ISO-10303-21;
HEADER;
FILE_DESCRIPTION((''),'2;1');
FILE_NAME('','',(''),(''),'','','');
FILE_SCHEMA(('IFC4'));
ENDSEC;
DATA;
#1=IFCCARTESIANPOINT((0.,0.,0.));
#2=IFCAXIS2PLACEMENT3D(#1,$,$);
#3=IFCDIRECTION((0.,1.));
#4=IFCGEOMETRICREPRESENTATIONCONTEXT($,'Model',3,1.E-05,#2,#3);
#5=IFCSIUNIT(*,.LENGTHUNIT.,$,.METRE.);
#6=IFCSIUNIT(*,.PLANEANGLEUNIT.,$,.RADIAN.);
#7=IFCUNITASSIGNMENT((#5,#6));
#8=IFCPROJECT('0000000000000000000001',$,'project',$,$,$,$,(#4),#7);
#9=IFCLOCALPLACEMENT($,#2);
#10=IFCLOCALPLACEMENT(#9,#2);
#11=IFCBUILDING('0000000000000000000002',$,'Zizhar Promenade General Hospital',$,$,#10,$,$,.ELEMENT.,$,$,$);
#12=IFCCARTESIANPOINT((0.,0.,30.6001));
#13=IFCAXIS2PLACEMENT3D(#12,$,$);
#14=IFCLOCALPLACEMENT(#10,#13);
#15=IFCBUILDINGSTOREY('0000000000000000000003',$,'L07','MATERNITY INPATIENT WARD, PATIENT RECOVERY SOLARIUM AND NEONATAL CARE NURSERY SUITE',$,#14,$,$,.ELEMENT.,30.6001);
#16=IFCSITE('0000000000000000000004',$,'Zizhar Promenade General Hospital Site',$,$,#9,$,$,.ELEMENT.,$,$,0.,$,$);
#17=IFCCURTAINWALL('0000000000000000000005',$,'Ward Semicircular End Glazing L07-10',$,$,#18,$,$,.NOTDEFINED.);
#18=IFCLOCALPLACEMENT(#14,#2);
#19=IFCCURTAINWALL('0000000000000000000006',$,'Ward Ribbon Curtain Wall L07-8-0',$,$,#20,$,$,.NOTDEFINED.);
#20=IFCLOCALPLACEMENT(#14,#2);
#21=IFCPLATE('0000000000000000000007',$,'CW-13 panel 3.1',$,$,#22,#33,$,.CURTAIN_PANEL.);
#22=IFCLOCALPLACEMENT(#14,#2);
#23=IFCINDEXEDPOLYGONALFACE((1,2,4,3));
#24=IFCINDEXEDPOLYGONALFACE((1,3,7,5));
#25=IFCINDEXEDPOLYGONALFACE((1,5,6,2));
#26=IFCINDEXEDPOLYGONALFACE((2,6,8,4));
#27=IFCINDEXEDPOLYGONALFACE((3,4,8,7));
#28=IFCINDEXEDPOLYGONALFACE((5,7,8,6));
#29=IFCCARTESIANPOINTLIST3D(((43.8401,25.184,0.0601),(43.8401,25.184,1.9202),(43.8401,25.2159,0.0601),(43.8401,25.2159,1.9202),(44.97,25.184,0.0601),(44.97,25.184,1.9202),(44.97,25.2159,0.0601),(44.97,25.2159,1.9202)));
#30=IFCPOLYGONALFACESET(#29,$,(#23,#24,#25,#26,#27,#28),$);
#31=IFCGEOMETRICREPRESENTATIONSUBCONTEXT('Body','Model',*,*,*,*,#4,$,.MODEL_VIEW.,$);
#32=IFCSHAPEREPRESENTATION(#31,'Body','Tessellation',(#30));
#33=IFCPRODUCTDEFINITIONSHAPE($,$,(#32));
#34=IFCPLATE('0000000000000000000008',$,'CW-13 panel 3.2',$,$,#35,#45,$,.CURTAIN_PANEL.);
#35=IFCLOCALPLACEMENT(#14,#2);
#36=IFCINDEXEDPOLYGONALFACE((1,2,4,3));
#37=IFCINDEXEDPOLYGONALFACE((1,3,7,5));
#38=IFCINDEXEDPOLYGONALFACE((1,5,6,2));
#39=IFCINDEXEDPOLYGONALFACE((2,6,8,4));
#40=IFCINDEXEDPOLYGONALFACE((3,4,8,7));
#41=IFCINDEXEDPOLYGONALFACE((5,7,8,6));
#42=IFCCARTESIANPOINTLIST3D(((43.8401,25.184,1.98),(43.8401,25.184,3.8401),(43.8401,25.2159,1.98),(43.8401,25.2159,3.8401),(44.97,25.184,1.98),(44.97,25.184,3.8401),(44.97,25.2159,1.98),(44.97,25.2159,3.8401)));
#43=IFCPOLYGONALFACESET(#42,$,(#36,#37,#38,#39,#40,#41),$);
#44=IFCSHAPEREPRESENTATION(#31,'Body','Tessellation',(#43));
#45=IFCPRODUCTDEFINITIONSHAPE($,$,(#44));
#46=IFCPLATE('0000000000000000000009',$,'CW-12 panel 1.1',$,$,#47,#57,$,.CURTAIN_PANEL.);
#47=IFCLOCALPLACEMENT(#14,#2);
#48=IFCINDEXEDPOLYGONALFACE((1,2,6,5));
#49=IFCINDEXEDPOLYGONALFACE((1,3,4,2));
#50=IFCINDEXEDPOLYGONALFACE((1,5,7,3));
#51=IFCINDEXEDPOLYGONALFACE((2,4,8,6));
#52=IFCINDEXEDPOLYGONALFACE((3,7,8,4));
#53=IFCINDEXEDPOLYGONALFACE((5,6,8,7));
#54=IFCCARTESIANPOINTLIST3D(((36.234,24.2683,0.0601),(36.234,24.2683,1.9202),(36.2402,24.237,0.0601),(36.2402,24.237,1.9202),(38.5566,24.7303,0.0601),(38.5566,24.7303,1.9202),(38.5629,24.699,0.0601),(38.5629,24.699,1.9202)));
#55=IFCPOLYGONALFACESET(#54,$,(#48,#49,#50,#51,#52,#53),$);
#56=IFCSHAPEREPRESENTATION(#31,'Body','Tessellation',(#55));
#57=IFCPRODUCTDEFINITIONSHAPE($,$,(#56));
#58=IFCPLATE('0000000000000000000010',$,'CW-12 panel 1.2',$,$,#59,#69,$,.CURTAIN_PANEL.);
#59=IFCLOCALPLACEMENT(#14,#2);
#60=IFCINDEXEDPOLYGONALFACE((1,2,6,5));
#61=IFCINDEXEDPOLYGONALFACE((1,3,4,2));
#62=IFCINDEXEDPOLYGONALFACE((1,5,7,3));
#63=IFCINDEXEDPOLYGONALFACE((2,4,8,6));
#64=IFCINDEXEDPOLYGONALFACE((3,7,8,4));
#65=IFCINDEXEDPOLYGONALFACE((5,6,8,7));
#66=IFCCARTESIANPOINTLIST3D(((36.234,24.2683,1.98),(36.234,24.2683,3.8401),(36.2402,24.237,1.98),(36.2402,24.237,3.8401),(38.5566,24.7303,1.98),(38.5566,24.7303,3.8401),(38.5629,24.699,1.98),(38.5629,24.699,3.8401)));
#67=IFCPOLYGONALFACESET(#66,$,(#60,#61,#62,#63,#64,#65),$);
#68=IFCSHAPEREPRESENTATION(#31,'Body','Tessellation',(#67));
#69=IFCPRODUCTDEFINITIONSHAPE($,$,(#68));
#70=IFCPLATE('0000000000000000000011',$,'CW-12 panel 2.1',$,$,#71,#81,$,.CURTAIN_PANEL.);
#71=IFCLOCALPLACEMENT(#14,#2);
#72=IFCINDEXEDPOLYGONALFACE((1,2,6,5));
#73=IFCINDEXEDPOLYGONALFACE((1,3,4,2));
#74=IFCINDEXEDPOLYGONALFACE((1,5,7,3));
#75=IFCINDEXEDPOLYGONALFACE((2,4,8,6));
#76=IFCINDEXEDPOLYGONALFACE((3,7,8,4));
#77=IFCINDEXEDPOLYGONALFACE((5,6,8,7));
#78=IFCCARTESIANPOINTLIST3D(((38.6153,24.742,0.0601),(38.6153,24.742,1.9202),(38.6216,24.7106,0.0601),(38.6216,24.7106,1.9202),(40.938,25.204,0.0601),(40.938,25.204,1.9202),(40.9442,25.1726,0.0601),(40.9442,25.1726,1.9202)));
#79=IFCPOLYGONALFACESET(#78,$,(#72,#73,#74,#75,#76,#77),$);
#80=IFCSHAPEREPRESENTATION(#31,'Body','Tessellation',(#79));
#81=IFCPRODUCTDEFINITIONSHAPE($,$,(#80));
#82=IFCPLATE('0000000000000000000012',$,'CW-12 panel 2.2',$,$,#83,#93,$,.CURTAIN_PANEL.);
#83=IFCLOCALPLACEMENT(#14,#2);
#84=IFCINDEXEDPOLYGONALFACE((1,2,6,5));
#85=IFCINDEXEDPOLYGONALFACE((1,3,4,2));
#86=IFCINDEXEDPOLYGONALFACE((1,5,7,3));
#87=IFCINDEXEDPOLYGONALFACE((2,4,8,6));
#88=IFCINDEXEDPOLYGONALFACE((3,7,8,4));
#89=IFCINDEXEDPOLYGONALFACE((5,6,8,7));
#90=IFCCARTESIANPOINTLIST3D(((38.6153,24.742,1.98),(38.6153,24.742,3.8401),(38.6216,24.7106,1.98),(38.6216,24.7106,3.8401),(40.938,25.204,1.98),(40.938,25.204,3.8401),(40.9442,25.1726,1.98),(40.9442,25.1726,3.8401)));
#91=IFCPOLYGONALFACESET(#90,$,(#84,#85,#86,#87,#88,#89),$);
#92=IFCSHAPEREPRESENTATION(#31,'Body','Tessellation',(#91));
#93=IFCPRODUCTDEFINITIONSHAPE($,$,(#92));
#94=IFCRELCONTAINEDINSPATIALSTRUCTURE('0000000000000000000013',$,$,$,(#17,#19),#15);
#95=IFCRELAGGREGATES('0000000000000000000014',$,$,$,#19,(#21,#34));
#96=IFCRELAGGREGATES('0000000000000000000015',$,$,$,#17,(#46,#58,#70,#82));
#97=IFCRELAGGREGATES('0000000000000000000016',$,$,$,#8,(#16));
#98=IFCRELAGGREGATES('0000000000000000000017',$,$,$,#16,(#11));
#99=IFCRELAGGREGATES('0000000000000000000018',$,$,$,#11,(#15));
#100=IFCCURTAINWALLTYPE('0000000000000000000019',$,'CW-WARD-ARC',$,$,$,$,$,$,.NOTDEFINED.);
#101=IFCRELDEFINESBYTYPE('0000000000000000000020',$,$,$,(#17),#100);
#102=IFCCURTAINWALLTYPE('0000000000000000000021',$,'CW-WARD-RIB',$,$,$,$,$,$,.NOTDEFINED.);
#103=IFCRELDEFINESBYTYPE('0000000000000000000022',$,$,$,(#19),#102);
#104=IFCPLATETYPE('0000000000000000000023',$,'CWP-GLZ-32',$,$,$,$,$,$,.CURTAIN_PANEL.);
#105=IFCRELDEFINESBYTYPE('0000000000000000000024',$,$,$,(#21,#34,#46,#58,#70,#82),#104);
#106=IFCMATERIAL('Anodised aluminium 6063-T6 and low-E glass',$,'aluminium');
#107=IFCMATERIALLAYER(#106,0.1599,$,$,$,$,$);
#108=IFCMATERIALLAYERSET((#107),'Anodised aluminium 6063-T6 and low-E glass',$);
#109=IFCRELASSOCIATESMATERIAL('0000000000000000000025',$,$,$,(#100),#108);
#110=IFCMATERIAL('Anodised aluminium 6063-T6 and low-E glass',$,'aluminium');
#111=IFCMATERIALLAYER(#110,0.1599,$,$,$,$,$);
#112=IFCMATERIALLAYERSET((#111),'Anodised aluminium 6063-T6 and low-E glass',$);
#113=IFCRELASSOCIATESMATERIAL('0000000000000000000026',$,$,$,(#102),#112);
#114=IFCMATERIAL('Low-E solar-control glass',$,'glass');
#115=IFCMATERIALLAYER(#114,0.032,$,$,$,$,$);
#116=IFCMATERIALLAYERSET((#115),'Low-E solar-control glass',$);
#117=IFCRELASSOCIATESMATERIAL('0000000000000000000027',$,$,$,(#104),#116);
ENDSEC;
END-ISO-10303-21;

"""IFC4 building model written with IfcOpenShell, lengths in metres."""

from ifc_helpers import new_model, si_unit, direction, frame, origin, origin_2d, place, context, subcontext, project, spatial, rectangle, extrude, material, layer, layer_set, type_object, element, aggregate, save


model = new_model("IFC4")

# Units and contexts
model_context = context("Model", 3, precision=1e-05, world=origin(), true_north=direction((0.0, 1.0)))
body_context = subcontext(model_context, "Body", "Model", "MODEL_VIEW")
ifc_project = project(units=[si_unit("LENGTHUNIT", "METRE"), si_unit("PLANEANGLEUNIT", "RADIAN")], contexts=[model_context])

# Site, building, storey
site_placement = place(None, origin())
site = spatial("IfcSite", under=ifc_project, at=site_placement, Name="Zizhar Promenade General Hospital Site", CompositionType="ELEMENT", RefElevation=0.0)
building_placement = place(site_placement, origin())
building = spatial("IfcBuilding", under=site, at=building_placement, Name="Zizhar Promenade General Hospital", CompositionType="ELEMENT")
storey_placement = place(building_placement, frame((0.0, 0.0, 30.6001)))
storey = spatial("IfcBuildingStorey", under=building, at=storey_placement, Name="L07", Description="MATERNITY INPATIENT WARD, PATIENT RECOVERY SOLARIUM AND NEONATAL CARE NURSERY SUITE", CompositionType="ELEMENT", Elevation=30.6001)

# Curtain walls
ifc_material_1 = material(Name="Anodised aluminium 6063-T6 and low-E glass", Category="aluminium")
ifc_layer_1 = layer(ifc_material_1, 0.1599)
ifc_layer_set_1 = layer_set([ifc_layer_1], Name="Anodised aluminium 6063-T6 and low-E glass")
curtain_wall_type_1 = type_object("IfcCurtainWallType", Name="CW-WARD-ARC", PredefinedType="NOTDEFINED", material=ifc_layer_set_1)
curtain_wall_1_placement = place(storey_placement, origin())
curtain_wall_1 = element("IfcCurtainWall", 1, at=curtain_wall_1_placement, inside=storey, type_object=curtain_wall_type_1, Name="Ward Semicircular End Glazing L07-10", PredefinedType="NOTDEFINED")
ifc_material_2 = material(Name="Anodised aluminium 6063-T6 and low-E glass", Category="aluminium")
ifc_layer_2 = layer(ifc_material_2, 0.1599)
ifc_layer_set_2 = layer_set([ifc_layer_2], Name="Anodised aluminium 6063-T6 and low-E glass")
curtain_wall_type_2 = type_object("IfcCurtainWallType", Name="CW-WARD-RIB", PredefinedType="NOTDEFINED", material=ifc_layer_set_2)
curtain_wall_2_placement = place(storey_placement, origin())
curtain_wall_2 = element("IfcCurtainWall", 2, at=curtain_wall_2_placement, inside=storey, type_object=curtain_wall_type_2, Name="Ward Ribbon Curtain Wall L07-8-0", PredefinedType="NOTDEFINED")

# Plates
ifc_material_3 = material(Name="Low-E solar-control glass", Category="glass")
ifc_layer_3 = layer(ifc_material_3, 0.032)
ifc_layer_set_3 = layer_set([ifc_layer_3], Name="Low-E solar-control glass")
plate_type = type_object("IfcPlateType", Name="CWP-GLZ-32", PredefinedType="CURTAIN_PANEL", material=ifc_layer_set_3)
plate_1_placement = place(storey_placement, frame((44.405, 25.2, 0.0601), z_axis=(0.0, 0.0, 1.0), x_axis=(1.0, 0.0, 0.0)))
plate_1 = element("IfcPlate", 3, at=plate_1_placement, type_object=plate_type, Name="CW-13 panel 3.1", PredefinedType="CURTAIN_PANEL", context=body_context, shape_type="SweptSolid", body=[
    extrude(rectangle(XDim=1.1299, YDim=0.032, at=origin_2d()), origin(), (0.0, 0.0, 1.0), 1.8601),
])
plate_2_placement = place(storey_placement, frame((44.405, 25.2, 1.98), z_axis=(0.0, 0.0, 1.0), x_axis=(1.0, 0.0, 0.0)))
plate_2 = element("IfcPlate", 4, at=plate_2_placement, type_object=plate_type, Name="CW-13 panel 3.2", PredefinedType="CURTAIN_PANEL", context=body_context, shape_type="SweptSolid", body=[
    extrude(rectangle(XDim=1.1299, YDim=0.032, at=origin_2d()), origin(), (0.0, 0.0, 1.0), 1.8601),
])
aggregate(curtain_wall_2, [plate_1, plate_2])
plate_3_placement = place(storey_placement, frame((37.3984, 24.4836, 0.0601), z_axis=(0.0, 0.0, 1.0), x_axis=(0.980786, 0.195087, 0.0)))
plate_3 = element("IfcPlate", 5, at=plate_3_placement, type_object=plate_type, Name="CW-12 panel 1.1", PredefinedType="CURTAIN_PANEL", context=body_context, shape_type="SweptSolid", body=[
    extrude(rectangle(XDim=2.3682, YDim=0.032, at=origin_2d()), origin(), (0.0, 0.0, 1.0), 1.8601),
])
plate_4_placement = place(storey_placement, frame((37.3984, 24.4836, 1.98), z_axis=(0.0, 0.0, 1.0), x_axis=(0.980786, 0.195087, 0.0)))
plate_4 = element("IfcPlate", 6, at=plate_4_placement, type_object=plate_type, Name="CW-12 panel 1.2", PredefinedType="CURTAIN_PANEL", context=body_context, shape_type="SweptSolid", body=[
    extrude(rectangle(XDim=2.3682, YDim=0.032, at=origin_2d()), origin(), (0.0, 0.0, 1.0), 1.8601),
])
plate_5_placement = place(storey_placement, frame((39.7798, 24.9573, 0.0601), z_axis=(0.0, 0.0, 1.0), x_axis=(0.980786, 0.195087, 0.0)))
plate_5 = element("IfcPlate", 7, at=plate_5_placement, type_object=plate_type, Name="CW-12 panel 2.1", PredefinedType="CURTAIN_PANEL", context=body_context, shape_type="SweptSolid", body=[
    extrude(rectangle(XDim=2.3682, YDim=0.032, at=origin_2d()), origin(), (0.0, 0.0, 1.0), 1.8601),
])
plate_6_placement = place(storey_placement, frame((39.7798, 24.9573, 1.98), z_axis=(0.0, 0.0, 1.0), x_axis=(0.980786, 0.195087, 0.0)))
plate_6 = element("IfcPlate", 8, at=plate_6_placement, type_object=plate_type, Name="CW-12 panel 2.2", PredefinedType="CURTAIN_PANEL", context=body_context, shape_type="SweptSolid", body=[
    extrude(rectangle(XDim=2.3682, YDim=0.032, at=origin_2d()), origin(), (0.0, 0.0, 1.0), 1.8601),
])
aggregate(curtain_wall_1, [plate_3, plate_4, plate_5, plate_6])

save(model, "model.ifc")
